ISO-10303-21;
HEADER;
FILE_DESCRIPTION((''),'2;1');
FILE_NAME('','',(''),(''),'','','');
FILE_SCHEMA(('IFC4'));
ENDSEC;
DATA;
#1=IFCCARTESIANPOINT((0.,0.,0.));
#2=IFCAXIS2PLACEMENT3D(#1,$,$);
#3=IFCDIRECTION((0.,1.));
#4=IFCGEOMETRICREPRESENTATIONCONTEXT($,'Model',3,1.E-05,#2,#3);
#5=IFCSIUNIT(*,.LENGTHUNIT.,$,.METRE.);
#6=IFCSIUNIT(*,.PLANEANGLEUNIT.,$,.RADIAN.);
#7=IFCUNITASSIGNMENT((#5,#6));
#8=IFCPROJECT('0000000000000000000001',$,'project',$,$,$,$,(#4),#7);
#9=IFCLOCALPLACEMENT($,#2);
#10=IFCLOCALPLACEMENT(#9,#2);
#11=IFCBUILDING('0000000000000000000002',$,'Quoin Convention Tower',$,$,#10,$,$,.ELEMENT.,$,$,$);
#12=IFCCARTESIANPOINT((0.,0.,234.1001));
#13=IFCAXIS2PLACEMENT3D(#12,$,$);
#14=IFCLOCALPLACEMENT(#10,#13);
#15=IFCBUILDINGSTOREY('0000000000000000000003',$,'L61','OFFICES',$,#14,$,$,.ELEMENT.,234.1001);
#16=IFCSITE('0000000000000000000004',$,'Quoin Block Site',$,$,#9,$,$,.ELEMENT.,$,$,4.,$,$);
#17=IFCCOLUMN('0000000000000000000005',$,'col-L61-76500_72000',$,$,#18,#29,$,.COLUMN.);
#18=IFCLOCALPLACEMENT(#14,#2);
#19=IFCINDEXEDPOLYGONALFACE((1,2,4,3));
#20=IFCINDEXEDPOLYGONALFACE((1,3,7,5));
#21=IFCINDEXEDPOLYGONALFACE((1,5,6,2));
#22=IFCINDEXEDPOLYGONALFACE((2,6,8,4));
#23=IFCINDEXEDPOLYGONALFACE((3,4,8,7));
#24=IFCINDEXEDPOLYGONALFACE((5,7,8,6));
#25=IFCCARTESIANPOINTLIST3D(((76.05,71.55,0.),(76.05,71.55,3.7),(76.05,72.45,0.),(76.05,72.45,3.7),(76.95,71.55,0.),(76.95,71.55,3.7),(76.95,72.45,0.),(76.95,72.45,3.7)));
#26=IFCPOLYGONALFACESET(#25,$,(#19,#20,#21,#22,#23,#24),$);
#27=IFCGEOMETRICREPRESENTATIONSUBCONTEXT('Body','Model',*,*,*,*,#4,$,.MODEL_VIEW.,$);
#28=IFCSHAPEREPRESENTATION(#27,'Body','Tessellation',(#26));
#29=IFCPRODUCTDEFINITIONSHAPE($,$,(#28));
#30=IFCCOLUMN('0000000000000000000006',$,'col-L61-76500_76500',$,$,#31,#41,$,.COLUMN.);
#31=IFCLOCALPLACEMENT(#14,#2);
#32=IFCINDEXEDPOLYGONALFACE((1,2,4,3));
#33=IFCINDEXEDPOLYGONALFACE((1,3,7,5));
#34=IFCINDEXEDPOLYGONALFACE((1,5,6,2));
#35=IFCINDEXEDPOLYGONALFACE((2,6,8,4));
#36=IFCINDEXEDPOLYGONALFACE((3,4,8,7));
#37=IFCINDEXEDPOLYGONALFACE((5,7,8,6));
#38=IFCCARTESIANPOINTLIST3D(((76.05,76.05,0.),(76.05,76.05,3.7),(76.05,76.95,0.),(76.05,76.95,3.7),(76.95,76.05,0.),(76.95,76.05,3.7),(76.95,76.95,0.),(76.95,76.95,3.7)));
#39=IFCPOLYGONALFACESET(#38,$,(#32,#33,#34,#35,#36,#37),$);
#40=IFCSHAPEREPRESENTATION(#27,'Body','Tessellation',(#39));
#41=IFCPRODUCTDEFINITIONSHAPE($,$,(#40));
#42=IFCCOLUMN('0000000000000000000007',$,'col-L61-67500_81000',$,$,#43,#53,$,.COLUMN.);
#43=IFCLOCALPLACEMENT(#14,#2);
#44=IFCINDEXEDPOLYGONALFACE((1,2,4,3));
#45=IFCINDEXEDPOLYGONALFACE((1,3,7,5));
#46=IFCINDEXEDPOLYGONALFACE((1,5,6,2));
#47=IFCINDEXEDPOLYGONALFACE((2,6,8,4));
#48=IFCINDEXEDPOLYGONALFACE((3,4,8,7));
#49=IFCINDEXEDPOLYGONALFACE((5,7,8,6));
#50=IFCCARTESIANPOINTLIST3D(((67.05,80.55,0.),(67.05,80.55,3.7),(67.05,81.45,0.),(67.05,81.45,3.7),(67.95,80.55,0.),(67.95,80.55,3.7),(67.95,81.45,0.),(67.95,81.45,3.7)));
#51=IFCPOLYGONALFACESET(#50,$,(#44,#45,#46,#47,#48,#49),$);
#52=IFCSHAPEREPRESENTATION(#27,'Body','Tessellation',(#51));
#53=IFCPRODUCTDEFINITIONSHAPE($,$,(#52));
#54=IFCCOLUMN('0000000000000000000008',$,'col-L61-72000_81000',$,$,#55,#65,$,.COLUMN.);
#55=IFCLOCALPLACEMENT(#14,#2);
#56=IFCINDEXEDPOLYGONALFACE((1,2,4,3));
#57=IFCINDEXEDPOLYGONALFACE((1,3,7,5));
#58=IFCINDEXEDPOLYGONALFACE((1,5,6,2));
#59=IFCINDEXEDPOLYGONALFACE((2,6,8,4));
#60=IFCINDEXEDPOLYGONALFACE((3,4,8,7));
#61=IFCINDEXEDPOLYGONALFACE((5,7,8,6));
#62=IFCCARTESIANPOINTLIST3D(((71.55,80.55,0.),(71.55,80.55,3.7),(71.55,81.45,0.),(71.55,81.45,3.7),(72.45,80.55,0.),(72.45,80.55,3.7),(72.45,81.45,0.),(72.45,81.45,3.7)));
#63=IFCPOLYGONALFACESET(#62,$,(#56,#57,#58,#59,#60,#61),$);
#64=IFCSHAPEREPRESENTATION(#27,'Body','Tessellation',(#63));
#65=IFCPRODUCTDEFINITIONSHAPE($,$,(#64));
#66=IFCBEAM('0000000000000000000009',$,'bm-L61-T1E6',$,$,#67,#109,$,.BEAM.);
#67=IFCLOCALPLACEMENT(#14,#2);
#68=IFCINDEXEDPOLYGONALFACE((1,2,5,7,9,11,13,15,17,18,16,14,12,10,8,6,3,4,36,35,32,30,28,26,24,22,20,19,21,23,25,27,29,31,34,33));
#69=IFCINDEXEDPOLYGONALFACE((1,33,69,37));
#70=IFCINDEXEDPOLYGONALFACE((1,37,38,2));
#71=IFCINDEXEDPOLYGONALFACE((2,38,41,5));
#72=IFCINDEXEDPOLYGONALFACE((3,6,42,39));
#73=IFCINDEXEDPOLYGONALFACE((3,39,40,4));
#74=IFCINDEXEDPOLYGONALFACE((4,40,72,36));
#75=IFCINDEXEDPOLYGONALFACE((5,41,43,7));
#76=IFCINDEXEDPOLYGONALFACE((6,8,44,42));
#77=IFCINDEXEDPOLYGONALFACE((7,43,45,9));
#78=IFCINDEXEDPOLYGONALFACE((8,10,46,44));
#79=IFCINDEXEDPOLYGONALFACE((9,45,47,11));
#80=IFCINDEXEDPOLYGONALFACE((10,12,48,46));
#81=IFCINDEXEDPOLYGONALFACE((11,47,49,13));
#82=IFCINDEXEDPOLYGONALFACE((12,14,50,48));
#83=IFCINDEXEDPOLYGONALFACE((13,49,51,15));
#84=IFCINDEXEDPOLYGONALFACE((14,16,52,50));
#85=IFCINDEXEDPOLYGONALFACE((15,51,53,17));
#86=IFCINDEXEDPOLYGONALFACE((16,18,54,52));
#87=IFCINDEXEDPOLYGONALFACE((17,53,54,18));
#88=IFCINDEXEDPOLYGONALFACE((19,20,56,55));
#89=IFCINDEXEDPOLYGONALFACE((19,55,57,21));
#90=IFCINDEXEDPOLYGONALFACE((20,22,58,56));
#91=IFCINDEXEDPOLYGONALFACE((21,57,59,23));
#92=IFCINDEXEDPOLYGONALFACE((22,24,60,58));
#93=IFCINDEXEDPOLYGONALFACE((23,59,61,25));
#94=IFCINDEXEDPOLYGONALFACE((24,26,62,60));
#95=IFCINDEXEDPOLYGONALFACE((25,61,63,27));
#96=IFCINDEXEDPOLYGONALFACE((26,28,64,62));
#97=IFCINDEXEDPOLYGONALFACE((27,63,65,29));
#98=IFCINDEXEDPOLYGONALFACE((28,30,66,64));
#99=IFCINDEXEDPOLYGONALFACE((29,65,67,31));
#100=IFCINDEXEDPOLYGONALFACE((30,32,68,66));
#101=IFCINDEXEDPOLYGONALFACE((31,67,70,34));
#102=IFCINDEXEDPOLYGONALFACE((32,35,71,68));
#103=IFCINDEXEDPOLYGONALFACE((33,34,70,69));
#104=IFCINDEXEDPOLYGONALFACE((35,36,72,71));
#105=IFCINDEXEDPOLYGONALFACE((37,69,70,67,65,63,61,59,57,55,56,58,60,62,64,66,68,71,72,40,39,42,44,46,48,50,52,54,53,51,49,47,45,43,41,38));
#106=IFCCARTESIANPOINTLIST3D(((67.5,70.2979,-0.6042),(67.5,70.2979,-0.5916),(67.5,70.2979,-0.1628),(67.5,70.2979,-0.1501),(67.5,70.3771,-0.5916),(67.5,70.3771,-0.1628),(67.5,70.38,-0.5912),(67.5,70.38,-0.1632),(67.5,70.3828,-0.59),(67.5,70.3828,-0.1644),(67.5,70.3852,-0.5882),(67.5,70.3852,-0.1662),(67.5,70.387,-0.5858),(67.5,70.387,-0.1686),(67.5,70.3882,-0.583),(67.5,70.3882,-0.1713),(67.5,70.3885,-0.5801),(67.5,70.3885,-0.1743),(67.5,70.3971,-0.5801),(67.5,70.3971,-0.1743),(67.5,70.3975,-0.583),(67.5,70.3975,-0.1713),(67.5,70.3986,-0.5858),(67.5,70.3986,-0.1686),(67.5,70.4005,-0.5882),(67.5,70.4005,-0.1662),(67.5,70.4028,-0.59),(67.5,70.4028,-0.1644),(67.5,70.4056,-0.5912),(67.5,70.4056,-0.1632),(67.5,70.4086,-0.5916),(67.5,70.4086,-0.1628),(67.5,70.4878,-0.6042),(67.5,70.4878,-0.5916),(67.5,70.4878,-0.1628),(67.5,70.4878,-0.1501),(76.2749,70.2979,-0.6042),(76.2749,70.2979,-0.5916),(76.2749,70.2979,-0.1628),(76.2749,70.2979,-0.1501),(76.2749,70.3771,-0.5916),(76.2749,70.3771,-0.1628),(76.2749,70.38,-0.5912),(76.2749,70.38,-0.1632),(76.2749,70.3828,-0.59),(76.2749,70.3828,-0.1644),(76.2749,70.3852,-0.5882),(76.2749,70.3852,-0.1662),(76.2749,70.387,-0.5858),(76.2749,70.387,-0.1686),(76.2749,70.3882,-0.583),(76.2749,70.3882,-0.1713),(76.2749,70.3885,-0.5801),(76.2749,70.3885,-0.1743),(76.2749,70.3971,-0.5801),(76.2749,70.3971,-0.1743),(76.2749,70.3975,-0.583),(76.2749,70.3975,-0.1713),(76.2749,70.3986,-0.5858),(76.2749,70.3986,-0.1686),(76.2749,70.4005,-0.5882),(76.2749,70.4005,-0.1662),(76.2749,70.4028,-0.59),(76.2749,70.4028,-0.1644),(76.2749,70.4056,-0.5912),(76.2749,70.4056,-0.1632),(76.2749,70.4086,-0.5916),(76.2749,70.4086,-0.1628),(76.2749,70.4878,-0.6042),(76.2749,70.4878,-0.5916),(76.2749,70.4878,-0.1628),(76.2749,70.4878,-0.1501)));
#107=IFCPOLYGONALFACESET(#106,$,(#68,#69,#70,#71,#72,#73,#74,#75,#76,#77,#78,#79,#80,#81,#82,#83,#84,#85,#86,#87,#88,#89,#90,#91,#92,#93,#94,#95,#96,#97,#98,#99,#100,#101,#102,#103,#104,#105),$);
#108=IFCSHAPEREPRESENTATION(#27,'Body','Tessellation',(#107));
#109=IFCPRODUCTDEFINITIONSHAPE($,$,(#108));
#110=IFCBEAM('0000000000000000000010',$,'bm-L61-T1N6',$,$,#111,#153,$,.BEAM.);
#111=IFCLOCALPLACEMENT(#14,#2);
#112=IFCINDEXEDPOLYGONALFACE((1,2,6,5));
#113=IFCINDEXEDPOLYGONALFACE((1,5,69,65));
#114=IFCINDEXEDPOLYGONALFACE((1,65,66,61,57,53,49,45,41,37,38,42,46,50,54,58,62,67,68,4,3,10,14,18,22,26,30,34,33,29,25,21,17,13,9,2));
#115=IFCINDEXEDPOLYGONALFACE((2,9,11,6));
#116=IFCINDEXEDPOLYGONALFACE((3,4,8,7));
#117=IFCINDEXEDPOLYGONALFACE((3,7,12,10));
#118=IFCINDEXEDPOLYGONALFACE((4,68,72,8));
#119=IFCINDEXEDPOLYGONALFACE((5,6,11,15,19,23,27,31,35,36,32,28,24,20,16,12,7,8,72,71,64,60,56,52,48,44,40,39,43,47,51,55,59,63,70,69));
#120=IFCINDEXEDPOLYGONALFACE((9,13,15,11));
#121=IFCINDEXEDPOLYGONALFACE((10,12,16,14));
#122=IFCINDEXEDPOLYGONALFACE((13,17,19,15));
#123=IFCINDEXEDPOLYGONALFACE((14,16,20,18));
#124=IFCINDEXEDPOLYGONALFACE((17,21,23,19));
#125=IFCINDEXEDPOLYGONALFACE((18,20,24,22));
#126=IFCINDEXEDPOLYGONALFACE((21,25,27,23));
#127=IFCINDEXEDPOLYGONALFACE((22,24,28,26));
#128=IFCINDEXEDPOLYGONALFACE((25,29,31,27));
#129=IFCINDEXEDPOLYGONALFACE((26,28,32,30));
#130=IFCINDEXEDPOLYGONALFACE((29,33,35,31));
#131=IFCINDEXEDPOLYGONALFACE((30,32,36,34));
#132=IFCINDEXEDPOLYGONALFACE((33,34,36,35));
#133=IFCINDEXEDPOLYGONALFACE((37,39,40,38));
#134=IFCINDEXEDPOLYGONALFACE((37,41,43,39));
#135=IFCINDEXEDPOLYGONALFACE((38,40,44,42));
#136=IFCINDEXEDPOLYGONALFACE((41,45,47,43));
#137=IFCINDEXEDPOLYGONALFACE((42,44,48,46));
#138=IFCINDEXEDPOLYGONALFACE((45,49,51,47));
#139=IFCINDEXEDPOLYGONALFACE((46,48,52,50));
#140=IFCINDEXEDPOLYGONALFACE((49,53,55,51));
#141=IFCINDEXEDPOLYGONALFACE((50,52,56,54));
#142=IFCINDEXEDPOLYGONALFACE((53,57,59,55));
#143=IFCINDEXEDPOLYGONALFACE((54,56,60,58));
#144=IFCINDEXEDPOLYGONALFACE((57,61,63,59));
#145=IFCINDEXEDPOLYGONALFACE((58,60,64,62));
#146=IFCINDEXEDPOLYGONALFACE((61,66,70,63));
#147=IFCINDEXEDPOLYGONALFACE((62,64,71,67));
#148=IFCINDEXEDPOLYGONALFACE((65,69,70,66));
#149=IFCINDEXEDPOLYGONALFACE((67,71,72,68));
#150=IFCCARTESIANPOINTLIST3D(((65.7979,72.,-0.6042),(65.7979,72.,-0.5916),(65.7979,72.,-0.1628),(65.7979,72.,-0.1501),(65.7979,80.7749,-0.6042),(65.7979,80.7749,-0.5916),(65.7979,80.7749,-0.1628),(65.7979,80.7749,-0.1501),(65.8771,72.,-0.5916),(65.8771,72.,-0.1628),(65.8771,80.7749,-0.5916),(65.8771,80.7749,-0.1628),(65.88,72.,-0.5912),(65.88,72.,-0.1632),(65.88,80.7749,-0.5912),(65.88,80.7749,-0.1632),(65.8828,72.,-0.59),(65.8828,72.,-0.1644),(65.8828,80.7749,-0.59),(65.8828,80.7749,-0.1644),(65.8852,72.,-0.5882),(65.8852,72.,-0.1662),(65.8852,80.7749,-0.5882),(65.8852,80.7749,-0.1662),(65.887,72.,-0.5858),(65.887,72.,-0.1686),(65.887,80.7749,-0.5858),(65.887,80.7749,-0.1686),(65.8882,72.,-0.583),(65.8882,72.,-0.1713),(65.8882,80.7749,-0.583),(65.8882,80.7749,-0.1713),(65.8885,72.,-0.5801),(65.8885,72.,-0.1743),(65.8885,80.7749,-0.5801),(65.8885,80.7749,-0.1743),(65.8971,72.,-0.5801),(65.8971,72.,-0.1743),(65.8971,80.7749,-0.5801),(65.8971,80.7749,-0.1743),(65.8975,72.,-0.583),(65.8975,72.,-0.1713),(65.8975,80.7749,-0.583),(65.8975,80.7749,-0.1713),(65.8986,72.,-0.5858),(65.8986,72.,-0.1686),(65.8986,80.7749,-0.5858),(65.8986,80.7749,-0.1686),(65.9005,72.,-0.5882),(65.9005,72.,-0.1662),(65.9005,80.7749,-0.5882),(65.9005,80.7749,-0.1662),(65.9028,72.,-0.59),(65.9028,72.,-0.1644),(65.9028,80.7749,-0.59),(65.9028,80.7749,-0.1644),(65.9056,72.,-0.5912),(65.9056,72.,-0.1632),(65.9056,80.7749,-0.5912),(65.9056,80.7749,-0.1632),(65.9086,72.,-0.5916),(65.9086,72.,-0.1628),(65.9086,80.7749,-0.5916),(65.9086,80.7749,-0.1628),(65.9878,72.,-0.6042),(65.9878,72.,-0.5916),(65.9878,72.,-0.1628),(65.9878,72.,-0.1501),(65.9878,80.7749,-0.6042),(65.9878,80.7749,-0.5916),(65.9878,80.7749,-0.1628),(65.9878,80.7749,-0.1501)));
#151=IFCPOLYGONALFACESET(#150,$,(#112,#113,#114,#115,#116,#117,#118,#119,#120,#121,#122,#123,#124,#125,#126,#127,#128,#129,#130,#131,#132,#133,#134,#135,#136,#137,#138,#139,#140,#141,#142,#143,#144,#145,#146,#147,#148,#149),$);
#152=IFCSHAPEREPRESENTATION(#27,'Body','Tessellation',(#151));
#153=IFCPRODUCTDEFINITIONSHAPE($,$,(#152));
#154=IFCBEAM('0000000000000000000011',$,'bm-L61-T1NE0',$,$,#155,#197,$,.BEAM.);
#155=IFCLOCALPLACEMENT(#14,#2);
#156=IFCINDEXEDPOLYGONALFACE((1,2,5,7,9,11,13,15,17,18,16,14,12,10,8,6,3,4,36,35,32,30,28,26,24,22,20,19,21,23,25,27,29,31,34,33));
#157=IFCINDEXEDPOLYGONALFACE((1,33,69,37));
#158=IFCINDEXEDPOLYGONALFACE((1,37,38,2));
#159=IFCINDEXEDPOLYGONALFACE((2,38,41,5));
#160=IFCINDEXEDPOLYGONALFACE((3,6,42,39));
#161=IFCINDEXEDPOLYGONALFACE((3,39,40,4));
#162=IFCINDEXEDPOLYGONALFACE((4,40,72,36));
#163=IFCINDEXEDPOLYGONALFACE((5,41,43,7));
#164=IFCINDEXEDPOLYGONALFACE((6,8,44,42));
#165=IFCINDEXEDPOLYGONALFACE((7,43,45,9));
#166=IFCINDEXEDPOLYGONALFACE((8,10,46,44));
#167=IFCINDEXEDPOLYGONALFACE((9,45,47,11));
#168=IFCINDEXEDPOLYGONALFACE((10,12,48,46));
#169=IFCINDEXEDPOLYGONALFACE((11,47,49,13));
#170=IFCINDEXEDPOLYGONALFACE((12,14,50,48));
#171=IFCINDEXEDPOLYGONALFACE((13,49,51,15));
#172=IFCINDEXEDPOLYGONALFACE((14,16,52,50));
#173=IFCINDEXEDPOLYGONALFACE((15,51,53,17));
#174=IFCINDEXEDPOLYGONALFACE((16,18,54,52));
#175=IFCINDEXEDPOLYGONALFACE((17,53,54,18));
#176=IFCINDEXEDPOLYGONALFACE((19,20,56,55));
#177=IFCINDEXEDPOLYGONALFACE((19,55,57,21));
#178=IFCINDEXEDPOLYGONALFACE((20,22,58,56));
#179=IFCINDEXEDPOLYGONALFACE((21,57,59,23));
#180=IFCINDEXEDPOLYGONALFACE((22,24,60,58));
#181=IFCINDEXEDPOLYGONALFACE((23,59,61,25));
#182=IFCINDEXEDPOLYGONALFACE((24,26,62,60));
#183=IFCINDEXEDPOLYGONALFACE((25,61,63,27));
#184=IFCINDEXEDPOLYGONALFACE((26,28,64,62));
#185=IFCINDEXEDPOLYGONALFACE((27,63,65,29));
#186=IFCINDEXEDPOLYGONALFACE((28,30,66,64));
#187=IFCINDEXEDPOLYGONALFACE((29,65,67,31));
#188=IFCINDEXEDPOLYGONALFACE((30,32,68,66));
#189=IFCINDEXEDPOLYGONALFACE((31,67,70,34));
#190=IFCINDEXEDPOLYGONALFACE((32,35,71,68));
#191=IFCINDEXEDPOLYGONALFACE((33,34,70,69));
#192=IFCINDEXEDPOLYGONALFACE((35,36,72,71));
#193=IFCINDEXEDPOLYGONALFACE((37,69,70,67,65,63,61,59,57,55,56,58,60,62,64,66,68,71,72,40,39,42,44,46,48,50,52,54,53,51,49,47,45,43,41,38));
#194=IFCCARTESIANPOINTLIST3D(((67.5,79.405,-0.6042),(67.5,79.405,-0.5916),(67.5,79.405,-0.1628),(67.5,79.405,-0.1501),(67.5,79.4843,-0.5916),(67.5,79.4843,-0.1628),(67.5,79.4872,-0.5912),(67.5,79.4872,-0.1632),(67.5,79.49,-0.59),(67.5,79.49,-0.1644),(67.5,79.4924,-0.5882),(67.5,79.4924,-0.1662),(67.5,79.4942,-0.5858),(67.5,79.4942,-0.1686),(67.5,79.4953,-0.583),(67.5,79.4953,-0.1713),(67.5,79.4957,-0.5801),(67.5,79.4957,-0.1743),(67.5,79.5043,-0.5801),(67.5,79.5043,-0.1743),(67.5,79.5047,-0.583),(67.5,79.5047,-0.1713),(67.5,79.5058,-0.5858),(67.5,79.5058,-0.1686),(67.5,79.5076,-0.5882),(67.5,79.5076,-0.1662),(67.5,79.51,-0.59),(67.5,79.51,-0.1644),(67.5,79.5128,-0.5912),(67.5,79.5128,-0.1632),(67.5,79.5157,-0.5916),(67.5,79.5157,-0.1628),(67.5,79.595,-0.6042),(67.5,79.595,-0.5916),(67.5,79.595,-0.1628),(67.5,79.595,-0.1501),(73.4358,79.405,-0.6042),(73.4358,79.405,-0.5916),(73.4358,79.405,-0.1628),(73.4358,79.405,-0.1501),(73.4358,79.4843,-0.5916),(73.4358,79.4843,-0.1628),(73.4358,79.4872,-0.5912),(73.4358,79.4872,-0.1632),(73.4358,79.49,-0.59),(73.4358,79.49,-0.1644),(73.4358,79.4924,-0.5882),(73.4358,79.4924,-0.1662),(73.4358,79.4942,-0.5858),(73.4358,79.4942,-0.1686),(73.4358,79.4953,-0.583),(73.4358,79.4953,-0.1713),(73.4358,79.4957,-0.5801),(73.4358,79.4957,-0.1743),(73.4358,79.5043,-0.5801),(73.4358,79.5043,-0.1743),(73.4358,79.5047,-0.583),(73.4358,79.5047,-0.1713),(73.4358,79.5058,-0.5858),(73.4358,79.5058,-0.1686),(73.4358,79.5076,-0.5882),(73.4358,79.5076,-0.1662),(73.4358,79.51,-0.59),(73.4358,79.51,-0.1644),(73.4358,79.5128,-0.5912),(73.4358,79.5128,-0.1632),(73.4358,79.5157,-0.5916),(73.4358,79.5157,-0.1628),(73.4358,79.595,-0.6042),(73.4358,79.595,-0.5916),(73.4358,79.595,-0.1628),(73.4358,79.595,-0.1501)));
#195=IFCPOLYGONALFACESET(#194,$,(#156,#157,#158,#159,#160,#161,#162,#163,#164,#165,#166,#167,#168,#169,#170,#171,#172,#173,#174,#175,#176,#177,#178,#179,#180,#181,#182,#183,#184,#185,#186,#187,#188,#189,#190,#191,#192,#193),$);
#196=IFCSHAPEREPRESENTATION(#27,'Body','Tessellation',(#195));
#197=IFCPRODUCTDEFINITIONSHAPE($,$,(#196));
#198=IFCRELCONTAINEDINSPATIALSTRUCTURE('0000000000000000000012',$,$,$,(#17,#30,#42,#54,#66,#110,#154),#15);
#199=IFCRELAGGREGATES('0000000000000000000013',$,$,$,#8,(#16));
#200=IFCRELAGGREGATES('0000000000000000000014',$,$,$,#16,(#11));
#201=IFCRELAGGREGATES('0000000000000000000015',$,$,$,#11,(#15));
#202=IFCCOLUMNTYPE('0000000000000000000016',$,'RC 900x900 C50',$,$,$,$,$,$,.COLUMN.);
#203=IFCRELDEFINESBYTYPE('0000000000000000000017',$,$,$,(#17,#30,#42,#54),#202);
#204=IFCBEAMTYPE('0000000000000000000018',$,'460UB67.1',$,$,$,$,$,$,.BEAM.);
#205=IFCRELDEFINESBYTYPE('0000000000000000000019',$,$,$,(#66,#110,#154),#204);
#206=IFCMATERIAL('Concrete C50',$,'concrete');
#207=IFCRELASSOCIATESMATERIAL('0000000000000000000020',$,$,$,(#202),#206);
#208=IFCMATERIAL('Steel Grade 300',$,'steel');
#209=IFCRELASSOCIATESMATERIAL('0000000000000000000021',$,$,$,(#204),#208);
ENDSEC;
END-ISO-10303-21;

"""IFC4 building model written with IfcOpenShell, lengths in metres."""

from ifc_helpers import new_model, si_unit, direction, frame, origin, origin_2d, place, context, subcontext, project, spatial, rectangle, i_section, extrude, material, material_profile, profile_set, type_object, element, save


model = new_model("IFC4")

# Units and contexts
model_context = context("Model", 3, precision=1e-05, world=origin(), true_north=direction((0.0, 1.0)))
body_context = subcontext(model_context, "Body", "Model", "MODEL_VIEW")
ifc_project = project(units=[si_unit("LENGTHUNIT", "METRE"), si_unit("PLANEANGLEUNIT", "RADIAN")], contexts=[model_context])

# Site, building, storey
site_placement = place(None, origin())
site = spatial("IfcSite", under=ifc_project, at=site_placement, Name="Quoin Block Site", CompositionType="ELEMENT", RefElevation=4.0)
building_placement = place(site_placement, origin())
building = spatial("IfcBuilding", under=site, at=building_placement, Name="Quoin Convention Tower", CompositionType="ELEMENT")
storey_placement = place(building_placement, frame((0.0, 0.0, 234.1001)))
storey = spatial("IfcBuildingStorey", under=building, at=storey_placement, Name="L61", Description="OFFICES", CompositionType="ELEMENT", Elevation=234.1001)

# Columns
ifc_material_1 = material(Name="Concrete C50", Category="concrete")
ifc_material_profile_1 = material_profile(ifc_material_1, rectangle(XDim=0.8999, YDim=0.8999, at=origin_2d()), Name="RC 900x900")
ifc_profile_set_1 = profile_set([ifc_material_profile_1], Name="Concrete C50")
column_type = type_object("IfcColumnType", Name="RC 900x900 C50", PredefinedType="COLUMN", material=ifc_profile_set_1)
for number, where, z_axis, x_axis, name in (
    (1, (76.5, 72.0, 0.0), (0.0, 0.0, 1.0), (1.0, 0.0, 0.0), "col-L61-76500_72000"),
    (2, (76.5, 76.5, 0.0), (0.0, 0.0, 1.0), (1.0, 0.0, 0.0), "col-L61-76500_76500"),
    (3, (67.5, 81.0, 0.0), (0.0, 0.0, 1.0), (1.0, 0.0, 0.0), "col-L61-67500_81000"),
    (4, (72.0, 81.0, 0.0), (0.0, 0.0, 1.0), (1.0, 0.0, 0.0), "col-L61-72000_81000"),
):
    element("IfcColumn", number, at=place(storey_placement, frame(where, z_axis=z_axis, x_axis=x_axis)), inside=storey, type_object=column_type, Name=name, PredefinedType="COLUMN", context=body_context, shape_type="SweptSolid", body=[
        extrude(rectangle(XDim=0.8999, YDim=0.8999, at=origin_2d()), origin(), (0.0, 0.0, 1.0), 3.7),
    ])

# Beams
ifc_material_2 = material(Name="Steel Grade 300", Category="steel")
ifc_material_profile_2 = material_profile(ifc_material_2, i_section(OverallWidth=0.1899, OverallDepth=0.4541, WebThickness=0.0085, FlangeThickness=0.0127, FilletRadius=0.0115, at=origin_2d()), Name="460UB67.1")
ifc_profile_set_2 = profile_set([ifc_material_profile_2], Name="Steel Grade 300")
beam_type_1 = type_object("IfcBeamType", Name="460UB67.1", PredefinedType="BEAM", material=ifc_profile_set_2)
for number, where, z_axis, x_axis, name in (
    (5, (67.5, 70.3928, -0.3772), (1.0, 0.0, 0.0), (0.0, 1.0, 0.0), "bm-L61-T1E6"),
    (6, (65.8928, 72.0, -0.3772), (0.0, 1.0, 0.0), (-1.0, 0.0, 0.0), "bm-L61-T1N6"),
):
    element("IfcBeam", number, at=place(storey_placement, frame(where, z_axis=z_axis, x_axis=x_axis)), inside=storey, type_object=beam_type_1, Name=name, PredefinedType="BEAM", context=body_context, shape_type="SweptSolid", body=[
        extrude(i_section(OverallWidth=0.1899, OverallDepth=0.4541, WebThickness=0.0085, FlangeThickness=0.0127, FilletRadius=0.0115, at=origin_2d()), origin(), (0.0, 0.0, 1.0), 8.7749),
    ])
beam_1_placement = place(storey_placement, frame((67.5, 79.5, -0.3772), z_axis=(1.0, 0.0, 0.0), x_axis=(0.0, 1.0, 0.0)))
element("IfcBeam", 7, at=beam_1_placement, inside=storey, type_object=beam_type_1, Name="bm-L61-T1NE0", PredefinedType="BEAM", context=body_context, shape_type="SweptSolid", body=[
    extrude(i_section(OverallWidth=0.1899, OverallDepth=0.4541, WebThickness=0.0085, FlangeThickness=0.0127, FilletRadius=0.0115, at=origin_2d()), origin(), (0.0, 0.0, 1.0), 5.9358),
])

save(model, "model.ifc")
